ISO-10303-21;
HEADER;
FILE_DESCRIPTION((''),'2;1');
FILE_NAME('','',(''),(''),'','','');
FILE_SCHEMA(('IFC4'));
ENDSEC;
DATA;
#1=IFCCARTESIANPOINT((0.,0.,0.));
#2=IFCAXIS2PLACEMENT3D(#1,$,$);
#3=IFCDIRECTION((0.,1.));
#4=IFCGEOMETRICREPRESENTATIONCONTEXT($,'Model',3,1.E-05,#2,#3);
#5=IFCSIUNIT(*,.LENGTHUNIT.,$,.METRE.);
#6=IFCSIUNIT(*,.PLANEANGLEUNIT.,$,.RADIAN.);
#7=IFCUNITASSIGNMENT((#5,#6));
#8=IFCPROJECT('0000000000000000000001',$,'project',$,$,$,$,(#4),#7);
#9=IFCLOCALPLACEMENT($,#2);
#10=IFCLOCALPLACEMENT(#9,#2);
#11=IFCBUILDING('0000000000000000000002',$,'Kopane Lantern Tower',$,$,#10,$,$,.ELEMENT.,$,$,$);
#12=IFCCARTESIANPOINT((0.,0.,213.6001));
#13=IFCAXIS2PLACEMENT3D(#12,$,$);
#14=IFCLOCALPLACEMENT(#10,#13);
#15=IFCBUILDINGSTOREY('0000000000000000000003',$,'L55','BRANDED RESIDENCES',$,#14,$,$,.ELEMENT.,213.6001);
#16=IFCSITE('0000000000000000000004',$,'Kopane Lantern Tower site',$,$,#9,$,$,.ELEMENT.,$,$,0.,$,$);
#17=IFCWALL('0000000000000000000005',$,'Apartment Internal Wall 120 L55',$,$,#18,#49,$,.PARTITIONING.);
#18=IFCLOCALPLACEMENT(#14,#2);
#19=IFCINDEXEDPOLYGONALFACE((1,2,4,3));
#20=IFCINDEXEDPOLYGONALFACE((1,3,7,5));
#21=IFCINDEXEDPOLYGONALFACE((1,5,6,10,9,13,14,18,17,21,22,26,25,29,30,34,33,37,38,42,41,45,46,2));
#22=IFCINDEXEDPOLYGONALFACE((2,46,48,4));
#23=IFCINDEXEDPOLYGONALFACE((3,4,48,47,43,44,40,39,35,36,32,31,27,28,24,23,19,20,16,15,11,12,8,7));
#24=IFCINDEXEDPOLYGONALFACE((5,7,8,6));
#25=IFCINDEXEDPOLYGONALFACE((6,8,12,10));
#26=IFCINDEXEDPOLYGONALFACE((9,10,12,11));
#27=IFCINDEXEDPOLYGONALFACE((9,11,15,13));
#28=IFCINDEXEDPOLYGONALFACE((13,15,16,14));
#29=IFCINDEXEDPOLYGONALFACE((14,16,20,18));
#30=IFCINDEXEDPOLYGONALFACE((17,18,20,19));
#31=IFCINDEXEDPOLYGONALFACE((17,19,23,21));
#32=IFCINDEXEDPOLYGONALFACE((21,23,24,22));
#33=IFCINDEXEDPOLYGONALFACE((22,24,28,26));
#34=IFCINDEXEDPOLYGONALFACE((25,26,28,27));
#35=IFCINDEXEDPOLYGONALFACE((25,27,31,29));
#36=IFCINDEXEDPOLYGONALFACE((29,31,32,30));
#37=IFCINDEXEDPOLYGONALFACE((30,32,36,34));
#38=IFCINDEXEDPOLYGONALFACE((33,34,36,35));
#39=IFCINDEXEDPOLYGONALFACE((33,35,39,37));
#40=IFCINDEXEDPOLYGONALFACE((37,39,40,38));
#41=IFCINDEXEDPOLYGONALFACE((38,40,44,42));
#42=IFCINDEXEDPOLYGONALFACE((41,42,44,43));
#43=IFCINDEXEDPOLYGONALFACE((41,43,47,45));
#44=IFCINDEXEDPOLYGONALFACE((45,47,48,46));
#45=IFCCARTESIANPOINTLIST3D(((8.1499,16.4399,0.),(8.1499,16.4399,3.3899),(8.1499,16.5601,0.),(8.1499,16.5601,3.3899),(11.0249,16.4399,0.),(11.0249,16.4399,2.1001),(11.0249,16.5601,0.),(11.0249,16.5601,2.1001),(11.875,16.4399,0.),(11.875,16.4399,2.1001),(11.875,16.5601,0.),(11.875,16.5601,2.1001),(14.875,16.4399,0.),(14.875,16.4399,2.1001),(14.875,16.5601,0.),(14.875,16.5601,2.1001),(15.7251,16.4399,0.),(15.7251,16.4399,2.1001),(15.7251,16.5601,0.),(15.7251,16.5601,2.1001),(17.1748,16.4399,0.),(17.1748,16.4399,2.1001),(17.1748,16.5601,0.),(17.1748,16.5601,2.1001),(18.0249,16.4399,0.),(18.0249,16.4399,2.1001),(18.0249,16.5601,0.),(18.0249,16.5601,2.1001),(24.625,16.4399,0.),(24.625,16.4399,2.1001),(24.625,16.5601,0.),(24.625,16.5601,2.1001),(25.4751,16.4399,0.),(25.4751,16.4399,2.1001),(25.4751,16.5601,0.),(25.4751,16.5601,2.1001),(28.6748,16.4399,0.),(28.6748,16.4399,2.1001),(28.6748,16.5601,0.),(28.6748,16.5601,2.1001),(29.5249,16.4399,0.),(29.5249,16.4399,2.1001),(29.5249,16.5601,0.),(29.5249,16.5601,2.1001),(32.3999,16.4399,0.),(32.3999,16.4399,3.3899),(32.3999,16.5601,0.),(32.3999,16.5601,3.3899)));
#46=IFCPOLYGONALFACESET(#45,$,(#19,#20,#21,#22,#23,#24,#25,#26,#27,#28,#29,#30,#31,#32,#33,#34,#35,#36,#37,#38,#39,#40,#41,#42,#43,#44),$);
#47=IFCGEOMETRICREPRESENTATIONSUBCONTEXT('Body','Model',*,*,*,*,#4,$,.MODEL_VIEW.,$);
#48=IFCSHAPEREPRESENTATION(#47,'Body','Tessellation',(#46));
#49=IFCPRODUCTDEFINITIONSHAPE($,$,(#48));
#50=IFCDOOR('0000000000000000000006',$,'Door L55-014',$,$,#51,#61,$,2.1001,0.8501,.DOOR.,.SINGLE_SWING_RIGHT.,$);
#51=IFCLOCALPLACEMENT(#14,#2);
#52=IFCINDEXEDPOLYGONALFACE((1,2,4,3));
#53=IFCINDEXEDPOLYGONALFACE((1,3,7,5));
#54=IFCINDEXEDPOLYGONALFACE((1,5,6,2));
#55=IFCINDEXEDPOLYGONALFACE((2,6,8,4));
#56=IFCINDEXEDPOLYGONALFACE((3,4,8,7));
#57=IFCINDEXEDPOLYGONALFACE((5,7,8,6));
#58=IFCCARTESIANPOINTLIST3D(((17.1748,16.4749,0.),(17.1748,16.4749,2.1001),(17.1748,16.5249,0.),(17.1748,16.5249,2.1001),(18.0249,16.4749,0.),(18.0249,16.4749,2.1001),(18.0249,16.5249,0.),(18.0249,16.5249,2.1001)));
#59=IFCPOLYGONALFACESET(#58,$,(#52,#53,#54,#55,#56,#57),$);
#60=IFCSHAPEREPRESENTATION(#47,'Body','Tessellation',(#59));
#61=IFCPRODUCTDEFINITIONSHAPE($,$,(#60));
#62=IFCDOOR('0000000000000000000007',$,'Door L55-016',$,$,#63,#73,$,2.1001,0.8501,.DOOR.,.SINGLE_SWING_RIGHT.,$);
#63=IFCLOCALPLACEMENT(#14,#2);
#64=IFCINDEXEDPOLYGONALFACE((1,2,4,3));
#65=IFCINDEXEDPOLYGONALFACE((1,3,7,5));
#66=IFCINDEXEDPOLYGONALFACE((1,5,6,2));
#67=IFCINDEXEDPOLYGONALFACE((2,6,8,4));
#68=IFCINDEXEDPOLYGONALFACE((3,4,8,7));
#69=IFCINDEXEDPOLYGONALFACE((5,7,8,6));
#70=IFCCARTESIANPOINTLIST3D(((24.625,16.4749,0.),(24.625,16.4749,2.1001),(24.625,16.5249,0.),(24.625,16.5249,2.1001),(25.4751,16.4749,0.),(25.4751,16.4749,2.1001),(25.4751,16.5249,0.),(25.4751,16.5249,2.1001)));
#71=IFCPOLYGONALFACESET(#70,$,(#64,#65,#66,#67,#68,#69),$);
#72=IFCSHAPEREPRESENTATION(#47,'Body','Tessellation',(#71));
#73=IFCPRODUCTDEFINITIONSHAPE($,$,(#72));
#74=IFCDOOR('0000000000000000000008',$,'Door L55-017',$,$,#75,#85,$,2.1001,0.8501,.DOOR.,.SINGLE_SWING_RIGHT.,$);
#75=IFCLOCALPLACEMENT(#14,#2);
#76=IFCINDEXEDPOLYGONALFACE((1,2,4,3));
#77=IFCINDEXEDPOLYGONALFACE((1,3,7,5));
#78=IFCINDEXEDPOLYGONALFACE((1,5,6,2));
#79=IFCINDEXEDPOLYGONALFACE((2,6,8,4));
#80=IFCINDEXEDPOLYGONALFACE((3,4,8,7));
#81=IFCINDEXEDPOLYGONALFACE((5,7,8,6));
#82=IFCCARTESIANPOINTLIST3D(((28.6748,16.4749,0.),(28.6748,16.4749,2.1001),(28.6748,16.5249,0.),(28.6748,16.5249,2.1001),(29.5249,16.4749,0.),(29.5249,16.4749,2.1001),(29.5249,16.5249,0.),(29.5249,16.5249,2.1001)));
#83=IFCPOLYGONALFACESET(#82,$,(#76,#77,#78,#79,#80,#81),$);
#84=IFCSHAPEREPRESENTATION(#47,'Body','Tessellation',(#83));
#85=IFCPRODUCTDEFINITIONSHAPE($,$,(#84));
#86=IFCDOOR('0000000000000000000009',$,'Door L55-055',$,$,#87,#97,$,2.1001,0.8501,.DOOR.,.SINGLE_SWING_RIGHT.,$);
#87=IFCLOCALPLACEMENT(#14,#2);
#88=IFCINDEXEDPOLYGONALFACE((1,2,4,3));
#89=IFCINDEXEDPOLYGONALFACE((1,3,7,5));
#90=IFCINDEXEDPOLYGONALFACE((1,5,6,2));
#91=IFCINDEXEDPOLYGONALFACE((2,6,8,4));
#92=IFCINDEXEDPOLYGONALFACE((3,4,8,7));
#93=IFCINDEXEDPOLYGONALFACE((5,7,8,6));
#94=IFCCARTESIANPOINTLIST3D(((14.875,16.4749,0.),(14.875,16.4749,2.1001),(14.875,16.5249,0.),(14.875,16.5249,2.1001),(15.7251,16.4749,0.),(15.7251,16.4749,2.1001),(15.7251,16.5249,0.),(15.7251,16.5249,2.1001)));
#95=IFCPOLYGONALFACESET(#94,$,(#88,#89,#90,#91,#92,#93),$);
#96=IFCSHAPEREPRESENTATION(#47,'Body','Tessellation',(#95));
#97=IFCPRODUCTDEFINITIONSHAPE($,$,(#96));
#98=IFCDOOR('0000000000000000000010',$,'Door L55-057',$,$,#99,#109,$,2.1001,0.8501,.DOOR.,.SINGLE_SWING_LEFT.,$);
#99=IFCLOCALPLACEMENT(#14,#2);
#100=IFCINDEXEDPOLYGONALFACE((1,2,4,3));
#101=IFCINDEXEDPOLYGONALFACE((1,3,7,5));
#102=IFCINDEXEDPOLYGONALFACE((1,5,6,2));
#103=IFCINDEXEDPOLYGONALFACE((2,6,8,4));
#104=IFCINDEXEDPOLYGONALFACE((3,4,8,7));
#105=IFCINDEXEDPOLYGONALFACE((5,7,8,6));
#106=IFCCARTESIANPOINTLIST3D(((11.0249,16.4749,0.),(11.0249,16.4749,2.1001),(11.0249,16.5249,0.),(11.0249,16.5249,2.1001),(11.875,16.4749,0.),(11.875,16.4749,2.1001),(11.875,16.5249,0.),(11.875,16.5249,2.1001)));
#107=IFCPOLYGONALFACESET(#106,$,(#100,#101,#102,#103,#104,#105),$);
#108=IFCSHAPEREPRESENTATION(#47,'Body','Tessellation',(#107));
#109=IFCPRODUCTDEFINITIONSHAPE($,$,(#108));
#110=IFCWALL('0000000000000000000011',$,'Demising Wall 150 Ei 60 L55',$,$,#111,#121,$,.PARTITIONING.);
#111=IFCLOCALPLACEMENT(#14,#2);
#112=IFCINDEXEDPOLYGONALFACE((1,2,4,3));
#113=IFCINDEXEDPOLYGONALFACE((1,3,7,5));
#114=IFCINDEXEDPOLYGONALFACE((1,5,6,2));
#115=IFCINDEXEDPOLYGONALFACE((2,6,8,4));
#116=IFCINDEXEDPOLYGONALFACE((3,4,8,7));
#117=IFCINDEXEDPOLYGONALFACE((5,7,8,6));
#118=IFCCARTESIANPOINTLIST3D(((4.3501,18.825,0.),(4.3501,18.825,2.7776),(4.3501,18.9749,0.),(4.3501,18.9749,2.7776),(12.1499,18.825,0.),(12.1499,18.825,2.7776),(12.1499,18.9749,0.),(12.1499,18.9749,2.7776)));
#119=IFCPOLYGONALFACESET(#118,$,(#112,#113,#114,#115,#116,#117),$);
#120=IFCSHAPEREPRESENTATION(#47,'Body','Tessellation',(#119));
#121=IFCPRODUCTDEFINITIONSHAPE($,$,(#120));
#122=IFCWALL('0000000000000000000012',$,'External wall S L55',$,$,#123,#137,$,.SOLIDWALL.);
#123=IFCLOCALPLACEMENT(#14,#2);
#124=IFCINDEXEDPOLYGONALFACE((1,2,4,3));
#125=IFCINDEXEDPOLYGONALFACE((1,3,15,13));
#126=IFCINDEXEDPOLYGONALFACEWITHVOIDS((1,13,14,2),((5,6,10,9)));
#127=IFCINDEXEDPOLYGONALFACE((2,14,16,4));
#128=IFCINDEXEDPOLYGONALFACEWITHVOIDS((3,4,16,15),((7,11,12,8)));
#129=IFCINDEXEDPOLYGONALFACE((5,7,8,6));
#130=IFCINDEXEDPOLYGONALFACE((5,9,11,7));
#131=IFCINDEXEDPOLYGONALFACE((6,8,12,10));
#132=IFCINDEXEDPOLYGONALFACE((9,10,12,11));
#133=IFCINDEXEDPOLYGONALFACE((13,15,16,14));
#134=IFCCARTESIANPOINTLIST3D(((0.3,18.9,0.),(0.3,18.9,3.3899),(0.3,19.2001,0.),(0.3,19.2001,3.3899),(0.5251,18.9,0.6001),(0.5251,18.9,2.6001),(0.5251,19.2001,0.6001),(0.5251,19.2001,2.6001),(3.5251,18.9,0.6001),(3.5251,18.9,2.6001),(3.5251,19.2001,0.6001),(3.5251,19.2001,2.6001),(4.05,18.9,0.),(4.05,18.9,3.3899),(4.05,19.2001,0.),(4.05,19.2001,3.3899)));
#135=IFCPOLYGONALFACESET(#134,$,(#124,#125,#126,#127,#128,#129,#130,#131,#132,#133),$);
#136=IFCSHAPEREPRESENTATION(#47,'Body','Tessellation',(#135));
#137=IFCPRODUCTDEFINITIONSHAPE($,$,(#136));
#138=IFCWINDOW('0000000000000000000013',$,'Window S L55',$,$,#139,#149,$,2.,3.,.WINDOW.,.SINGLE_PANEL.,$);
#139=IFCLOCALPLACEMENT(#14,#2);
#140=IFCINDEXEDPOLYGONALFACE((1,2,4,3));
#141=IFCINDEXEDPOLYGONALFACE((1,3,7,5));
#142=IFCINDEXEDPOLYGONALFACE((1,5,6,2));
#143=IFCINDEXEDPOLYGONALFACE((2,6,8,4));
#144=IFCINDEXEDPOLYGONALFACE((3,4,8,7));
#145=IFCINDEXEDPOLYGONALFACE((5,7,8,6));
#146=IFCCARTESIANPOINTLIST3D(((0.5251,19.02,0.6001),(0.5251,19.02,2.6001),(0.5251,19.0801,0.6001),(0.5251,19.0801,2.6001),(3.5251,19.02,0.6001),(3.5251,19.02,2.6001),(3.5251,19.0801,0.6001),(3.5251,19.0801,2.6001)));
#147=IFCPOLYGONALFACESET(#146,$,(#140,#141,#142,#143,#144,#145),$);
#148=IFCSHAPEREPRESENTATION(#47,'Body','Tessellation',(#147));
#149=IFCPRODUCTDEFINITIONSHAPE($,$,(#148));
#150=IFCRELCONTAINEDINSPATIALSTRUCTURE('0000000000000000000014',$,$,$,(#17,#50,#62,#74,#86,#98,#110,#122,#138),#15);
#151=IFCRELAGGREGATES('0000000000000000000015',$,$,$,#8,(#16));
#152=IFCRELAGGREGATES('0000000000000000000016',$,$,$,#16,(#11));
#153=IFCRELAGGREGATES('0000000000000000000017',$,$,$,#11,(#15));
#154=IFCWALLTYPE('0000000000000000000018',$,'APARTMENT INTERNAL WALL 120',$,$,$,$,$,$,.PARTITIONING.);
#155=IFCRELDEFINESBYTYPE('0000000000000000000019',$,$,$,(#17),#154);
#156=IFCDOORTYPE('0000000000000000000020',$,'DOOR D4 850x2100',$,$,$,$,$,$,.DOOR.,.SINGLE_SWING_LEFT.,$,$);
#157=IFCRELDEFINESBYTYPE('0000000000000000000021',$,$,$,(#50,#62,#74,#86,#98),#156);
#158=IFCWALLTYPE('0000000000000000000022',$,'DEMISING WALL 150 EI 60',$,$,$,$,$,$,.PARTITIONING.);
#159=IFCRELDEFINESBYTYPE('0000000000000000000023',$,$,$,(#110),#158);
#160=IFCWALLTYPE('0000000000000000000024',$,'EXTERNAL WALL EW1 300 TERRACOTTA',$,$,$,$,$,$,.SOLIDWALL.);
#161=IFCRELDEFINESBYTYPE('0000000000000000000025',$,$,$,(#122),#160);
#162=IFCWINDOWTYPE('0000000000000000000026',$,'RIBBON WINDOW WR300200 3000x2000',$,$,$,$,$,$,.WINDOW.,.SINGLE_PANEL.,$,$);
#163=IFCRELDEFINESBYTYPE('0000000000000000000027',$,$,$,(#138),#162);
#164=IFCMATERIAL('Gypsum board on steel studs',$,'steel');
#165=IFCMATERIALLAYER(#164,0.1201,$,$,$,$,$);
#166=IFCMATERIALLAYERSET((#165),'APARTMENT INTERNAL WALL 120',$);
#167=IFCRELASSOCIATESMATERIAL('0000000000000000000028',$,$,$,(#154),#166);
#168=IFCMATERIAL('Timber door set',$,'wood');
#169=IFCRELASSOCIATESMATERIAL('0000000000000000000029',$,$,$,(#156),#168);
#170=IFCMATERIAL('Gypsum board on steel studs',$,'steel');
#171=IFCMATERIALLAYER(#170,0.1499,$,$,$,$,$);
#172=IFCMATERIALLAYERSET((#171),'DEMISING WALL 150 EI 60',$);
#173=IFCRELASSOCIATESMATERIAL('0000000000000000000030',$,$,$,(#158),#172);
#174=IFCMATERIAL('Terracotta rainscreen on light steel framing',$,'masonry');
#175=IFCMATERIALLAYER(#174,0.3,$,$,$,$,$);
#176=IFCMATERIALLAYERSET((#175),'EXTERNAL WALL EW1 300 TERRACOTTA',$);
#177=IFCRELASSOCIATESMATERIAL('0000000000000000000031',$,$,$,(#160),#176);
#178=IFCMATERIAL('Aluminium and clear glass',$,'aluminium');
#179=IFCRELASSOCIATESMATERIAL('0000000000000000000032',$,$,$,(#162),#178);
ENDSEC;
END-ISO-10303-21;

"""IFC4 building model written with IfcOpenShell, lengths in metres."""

from ifc_helpers import new_model, si_unit, direction, frame, frame_2d, origin, place, context, subcontext, project, spatial, rectangle, extrude, material, layer, layer_set, type_object, element, fill, save


model = new_model("IFC4")

# Units and contexts
model_context = context("Model", 3, precision=1e-05, world=origin(), true_north=direction((0.0, 1.0)))
body_context = subcontext(model_context, "Body", "Model", "MODEL_VIEW")
ifc_project = project(units=[si_unit("LENGTHUNIT", "METRE"), si_unit("PLANEANGLEUNIT", "RADIAN")], contexts=[model_context])

# Site, building, storey
site_placement = place(None, origin())
site = spatial("IfcSite", under=ifc_project, at=site_placement, Name="Kopane Lantern Tower site", CompositionType="ELEMENT", RefElevation=0.0)
building_placement = place(site_placement, origin())
building = spatial("IfcBuilding", under=site, at=building_placement, Name="Kopane Lantern Tower", CompositionType="ELEMENT")
storey_placement = place(building_placement, frame((0.0, 0.0, 213.6001)))
storey = spatial("IfcBuildingStorey", under=building, at=storey_placement, Name="L55", Description="BRANDED RESIDENCES", CompositionType="ELEMENT", Elevation=213.6001)

# Wall, openings, doors
ifc_material_1 = material(Name="Gypsum board on steel studs", Category="steel")
ifc_layer_1 = layer(ifc_material_1, 0.1201)
ifc_layer_set_1 = layer_set([ifc_layer_1], Name="APARTMENT INTERNAL WALL 120")
wall_type_1 = type_object("IfcWallType", Name="APARTMENT INTERNAL WALL 120", PredefinedType="PARTITIONING", material=ifc_layer_set_1)
wall_1_placement = place(storey_placement, frame((8.1499, 16.5, 0.0), z_axis=(0.0, 0.0, 1.0), x_axis=(1.0, 0.0, 0.0)))
wall_1 = element("IfcWall", 1, at=wall_1_placement, inside=storey, type_object=wall_type_1, Name="Apartment Internal Wall 120 L55", PredefinedType="PARTITIONING", context=body_context, shape_type="SweptSolid", body=[
    extrude(rectangle(XDim=24.25, YDim=0.1201, at=frame_2d((12.125, 0.0))), origin(), (0.0, 0.0, 1.0), 3.3899),
])
opening_1_placement = place(wall_1_placement, frame((9.0249, 0.0, 0.0)))
opening_1 = element("IfcOpeningElement", 2, at=opening_1_placement, cuts=wall_1, PredefinedType="OPENING", context=body_context, shape_type="SweptSolid", body=[
    extrude(rectangle(XDim=0.8501, YDim=2.1001, at=frame_2d((0.425, 1.05))), frame((0.0, 0.0701, 0.0), z_axis=(0.0, -1.0, 0.0), x_axis=(1.0, 0.0, 0.0)), (0.0, 0.0, 1.0), 0.1401),
])
opening_2_placement = place(wall_1_placement, frame((16.4751, 0.0, 0.0)))
opening_2 = element("IfcOpeningElement", 3, at=opening_2_placement, cuts=wall_1, PredefinedType="OPENING", context=body_context, shape_type="SweptSolid", body=[
    extrude(rectangle(XDim=0.8501, YDim=2.1001, at=frame_2d((0.425, 1.05))), frame((0.0, 0.0701, 0.0), z_axis=(0.0, -1.0, 0.0), x_axis=(1.0, 0.0, 0.0)), (0.0, 0.0, 1.0), 0.1401),
])
opening_3_placement = place(wall_1_placement, frame((20.5249, 0.0, 0.0)))
opening_3 = element("IfcOpeningElement", 4, at=opening_3_placement, cuts=wall_1, PredefinedType="OPENING", context=body_context, shape_type="SweptSolid", body=[
    extrude(rectangle(XDim=0.8501, YDim=2.1001, at=frame_2d((0.425, 1.05))), frame((0.0, 0.0701, 0.0), z_axis=(0.0, -1.0, 0.0), x_axis=(1.0, 0.0, 0.0)), (0.0, 0.0, 1.0), 0.1401),
])
opening_4_placement = place(wall_1_placement, frame((6.7251, 0.0, 0.0)))
opening_4 = element("IfcOpeningElement", 5, at=opening_4_placement, cuts=wall_1, PredefinedType="OPENING", context=body_context, shape_type="SweptSolid", body=[
    extrude(rectangle(XDim=0.8501, YDim=2.1001, at=frame_2d((0.425, 1.05))), frame((0.0, 0.0701, 0.0), z_axis=(0.0, -1.0, 0.0), x_axis=(1.0, 0.0, 0.0)), (0.0, 0.0, 1.0), 0.1401),
])
opening_5_placement = place(wall_1_placement, frame((2.875, 0.0, 0.0)))
opening_5 = element("IfcOpeningElement", 6, at=opening_5_placement, cuts=wall_1, PredefinedType="OPENING", context=body_context, shape_type="SweptSolid", body=[
    extrude(rectangle(XDim=0.8501, YDim=2.1001, at=frame_2d((0.425, 1.05))), frame((0.0, 0.0701, 0.0), z_axis=(0.0, -1.0, 0.0), x_axis=(1.0, 0.0, 0.0)), (0.0, 0.0, 1.0), 0.1401),
])
ifc_material_2 = material(Name="Timber door set", Category="wood")
door_type = type_object("IfcDoorType", Name="DOOR D4 850x2100", OperationType="SINGLE_SWING_LEFT", PredefinedType="DOOR", material=ifc_material_2)
door_1_placement = place(opening_1_placement, origin())
door_1 = element("IfcDoor", 7, at=door_1_placement, inside=storey, type_object=door_type, Name="Door L55-014", OperationType="SINGLE_SWING_RIGHT", OverallHeight=2.1001, OverallWidth=0.8501, PredefinedType="DOOR", context=body_context, shape_type="SweptSolid", body=[
    extrude(rectangle(XDim=0.8501, YDim=2.1001, at=frame_2d((0.425, 1.05))), frame((0.0, 0.0249, 0.0), z_axis=(0.0, -1.0, 0.0), x_axis=(1.0, 0.0, 0.0)), (0.0, 0.0, 1.0), 0.05),
])
fill(opening_1, door_1)
door_2_placement = place(opening_2_placement, origin())
door_2 = element("IfcDoor", 8, at=door_2_placement, inside=storey, type_object=door_type, Name="Door L55-016", OperationType="SINGLE_SWING_RIGHT", OverallHeight=2.1001, OverallWidth=0.8501, PredefinedType="DOOR", context=body_context, shape_type="SweptSolid", body=[
    extrude(rectangle(XDim=0.8501, YDim=2.1001, at=frame_2d((0.425, 1.05))), frame((0.0, 0.0249, 0.0), z_axis=(0.0, -1.0, 0.0), x_axis=(1.0, 0.0, 0.0)), (0.0, 0.0, 1.0), 0.05),
])
fill(opening_2, door_2)
door_3_placement = place(opening_3_placement, origin())
door_3 = element("IfcDoor", 9, at=door_3_placement, inside=storey, type_object=door_type, Name="Door L55-017", OperationType="SINGLE_SWING_RIGHT", OverallHeight=2.1001, OverallWidth=0.8501, PredefinedType="DOOR", context=body_context, shape_type="SweptSolid", body=[
    extrude(rectangle(XDim=0.8501, YDim=2.1001, at=frame_2d((0.425, 1.05))), frame((0.0, 0.0249, 0.0), z_axis=(0.0, -1.0, 0.0), x_axis=(1.0, 0.0, 0.0)), (0.0, 0.0, 1.0), 0.05),
])
fill(opening_3, door_3)
door_4_placement = place(opening_4_placement, origin())
door_4 = element("IfcDoor", 10, at=door_4_placement, inside=storey, type_object=door_type, Name="Door L55-055", OperationType="SINGLE_SWING_RIGHT", OverallHeight=2.1001, OverallWidth=0.8501, PredefinedType="DOOR", context=body_context, shape_type="SweptSolid", body=[
    extrude(rectangle(XDim=0.8501, YDim=2.1001, at=frame_2d((0.425, 1.05))), frame((0.0, 0.0249, 0.0), z_axis=(0.0, -1.0, 0.0), x_axis=(1.0, 0.0, 0.0)), (0.0, 0.0, 1.0), 0.05),
])
fill(opening_4, door_4)
door_5_placement = place(opening_5_placement, origin())
door_5 = element("IfcDoor", 11, at=door_5_placement, inside=storey, type_object=door_type, Name="Door L55-057", OperationType="SINGLE_SWING_LEFT", OverallHeight=2.1001, OverallWidth=0.8501, PredefinedType="DOOR", context=body_context, shape_type="SweptSolid", body=[
    extrude(rectangle(XDim=0.8501, YDim=2.1001, at=frame_2d((0.425, 1.05))), frame((0.0, 0.0249, 0.0), z_axis=(0.0, -1.0, 0.0), x_axis=(1.0, 0.0, 0.0)), (0.0, 0.0, 1.0), 0.05),
])
fill(opening_5, door_5)

# Wall
ifc_material_3 = material(Name="Gypsum board on steel studs", Category="steel")
ifc_layer_2 = layer(ifc_material_3, 0.1499)
ifc_layer_set_2 = layer_set([ifc_layer_2], Name="DEMISING WALL 150 EI 60")
wall_type_2 = type_object("IfcWallType", Name="DEMISING WALL 150 EI 60", PredefinedType="PARTITIONING", material=ifc_layer_set_2)
wall_2_placement = place(storey_placement, frame((4.3501, 18.8999, 0.0), z_axis=(0.0, 0.0, 1.0), x_axis=(1.0, 0.0, 0.0)))
element("IfcWall", 12, at=wall_2_placement, inside=storey, type_object=wall_type_2, Name="Demising Wall 150 Ei 60 L55", PredefinedType="PARTITIONING", context=body_context, shape_type="SweptSolid", body=[
    extrude(rectangle(XDim=7.7998, YDim=0.1499, at=frame_2d((3.8999, 0.0))), origin(), (0.0, 0.0, 1.0), 2.7776),
])

# Wall, opening, window
ifc_material_4 = material(Name="Terracotta rainscreen on light steel framing", Category="masonry")
ifc_layer_3 = layer(ifc_material_4, 0.3)
ifc_layer_set_3 = layer_set([ifc_layer_3], Name="EXTERNAL WALL EW1 300 TERRACOTTA")
wall_type_3 = type_object("IfcWallType", Name="EXTERNAL WALL EW1 300 TERRACOTTA", PredefinedType="SOLIDWALL", material=ifc_layer_set_3)
wall_3_placement = place(storey_placement, frame((0.3, 19.05, 0.0), z_axis=(0.0, 0.0, 1.0), x_axis=(1.0, 0.0, 0.0)))
wall_3 = element("IfcWall", 13, at=wall_3_placement, inside=storey, type_object=wall_type_3, Name="External wall S L55", PredefinedType="SOLIDWALL", context=body_context, shape_type="SweptSolid", body=[
    extrude(rectangle(XDim=3.75, YDim=0.3, at=frame_2d((1.875, 0.0))), origin(), (0.0, 0.0, 1.0), 3.3899),
])
opening_6_placement = place(wall_3_placement, frame((0.2251, 0.0, 0.6001)))
opening_6 = element("IfcOpeningElement", 14, at=opening_6_placement, cuts=wall_3, PredefinedType="OPENING", context=body_context, shape_type="SweptSolid", body=[
    extrude(rectangle(XDim=3.0, YDim=2.0, at=frame_2d((1.5, 1.0))), frame((0.0, 0.1599, 0.0), z_axis=(0.0, -1.0, 0.0), x_axis=(1.0, 0.0, 0.0)), (0.0, 0.0, 1.0), 0.3201),
])
ifc_material_5 = material(Name="Aluminium and clear glass", Category="aluminium")
window_type = type_object("IfcWindowType", Name="RIBBON WINDOW WR300200 3000x2000", PartitioningType="SINGLE_PANEL", PredefinedType="WINDOW", material=ifc_material_5)
window_1_placement = place(opening_6_placement, origin())
window_1 = element("IfcWindow", 15, at=window_1_placement, inside=storey, type_object=window_type, Name="Window S L55", OverallHeight=2.0, OverallWidth=3.0, PartitioningType="SINGLE_PANEL", PredefinedType="WINDOW", context=body_context, shape_type="SweptSolid", body=[
    extrude(rectangle(XDim=3.0, YDim=2.0, at=frame_2d((1.5, 1.0))), frame((0.0, 0.03, 0.0), z_axis=(0.0, -1.0, 0.0), x_axis=(1.0, 0.0, 0.0)), (0.0, 0.0, 1.0), 0.0601),
])
fill(opening_6, window_1)

save(model, "model.ifc")
